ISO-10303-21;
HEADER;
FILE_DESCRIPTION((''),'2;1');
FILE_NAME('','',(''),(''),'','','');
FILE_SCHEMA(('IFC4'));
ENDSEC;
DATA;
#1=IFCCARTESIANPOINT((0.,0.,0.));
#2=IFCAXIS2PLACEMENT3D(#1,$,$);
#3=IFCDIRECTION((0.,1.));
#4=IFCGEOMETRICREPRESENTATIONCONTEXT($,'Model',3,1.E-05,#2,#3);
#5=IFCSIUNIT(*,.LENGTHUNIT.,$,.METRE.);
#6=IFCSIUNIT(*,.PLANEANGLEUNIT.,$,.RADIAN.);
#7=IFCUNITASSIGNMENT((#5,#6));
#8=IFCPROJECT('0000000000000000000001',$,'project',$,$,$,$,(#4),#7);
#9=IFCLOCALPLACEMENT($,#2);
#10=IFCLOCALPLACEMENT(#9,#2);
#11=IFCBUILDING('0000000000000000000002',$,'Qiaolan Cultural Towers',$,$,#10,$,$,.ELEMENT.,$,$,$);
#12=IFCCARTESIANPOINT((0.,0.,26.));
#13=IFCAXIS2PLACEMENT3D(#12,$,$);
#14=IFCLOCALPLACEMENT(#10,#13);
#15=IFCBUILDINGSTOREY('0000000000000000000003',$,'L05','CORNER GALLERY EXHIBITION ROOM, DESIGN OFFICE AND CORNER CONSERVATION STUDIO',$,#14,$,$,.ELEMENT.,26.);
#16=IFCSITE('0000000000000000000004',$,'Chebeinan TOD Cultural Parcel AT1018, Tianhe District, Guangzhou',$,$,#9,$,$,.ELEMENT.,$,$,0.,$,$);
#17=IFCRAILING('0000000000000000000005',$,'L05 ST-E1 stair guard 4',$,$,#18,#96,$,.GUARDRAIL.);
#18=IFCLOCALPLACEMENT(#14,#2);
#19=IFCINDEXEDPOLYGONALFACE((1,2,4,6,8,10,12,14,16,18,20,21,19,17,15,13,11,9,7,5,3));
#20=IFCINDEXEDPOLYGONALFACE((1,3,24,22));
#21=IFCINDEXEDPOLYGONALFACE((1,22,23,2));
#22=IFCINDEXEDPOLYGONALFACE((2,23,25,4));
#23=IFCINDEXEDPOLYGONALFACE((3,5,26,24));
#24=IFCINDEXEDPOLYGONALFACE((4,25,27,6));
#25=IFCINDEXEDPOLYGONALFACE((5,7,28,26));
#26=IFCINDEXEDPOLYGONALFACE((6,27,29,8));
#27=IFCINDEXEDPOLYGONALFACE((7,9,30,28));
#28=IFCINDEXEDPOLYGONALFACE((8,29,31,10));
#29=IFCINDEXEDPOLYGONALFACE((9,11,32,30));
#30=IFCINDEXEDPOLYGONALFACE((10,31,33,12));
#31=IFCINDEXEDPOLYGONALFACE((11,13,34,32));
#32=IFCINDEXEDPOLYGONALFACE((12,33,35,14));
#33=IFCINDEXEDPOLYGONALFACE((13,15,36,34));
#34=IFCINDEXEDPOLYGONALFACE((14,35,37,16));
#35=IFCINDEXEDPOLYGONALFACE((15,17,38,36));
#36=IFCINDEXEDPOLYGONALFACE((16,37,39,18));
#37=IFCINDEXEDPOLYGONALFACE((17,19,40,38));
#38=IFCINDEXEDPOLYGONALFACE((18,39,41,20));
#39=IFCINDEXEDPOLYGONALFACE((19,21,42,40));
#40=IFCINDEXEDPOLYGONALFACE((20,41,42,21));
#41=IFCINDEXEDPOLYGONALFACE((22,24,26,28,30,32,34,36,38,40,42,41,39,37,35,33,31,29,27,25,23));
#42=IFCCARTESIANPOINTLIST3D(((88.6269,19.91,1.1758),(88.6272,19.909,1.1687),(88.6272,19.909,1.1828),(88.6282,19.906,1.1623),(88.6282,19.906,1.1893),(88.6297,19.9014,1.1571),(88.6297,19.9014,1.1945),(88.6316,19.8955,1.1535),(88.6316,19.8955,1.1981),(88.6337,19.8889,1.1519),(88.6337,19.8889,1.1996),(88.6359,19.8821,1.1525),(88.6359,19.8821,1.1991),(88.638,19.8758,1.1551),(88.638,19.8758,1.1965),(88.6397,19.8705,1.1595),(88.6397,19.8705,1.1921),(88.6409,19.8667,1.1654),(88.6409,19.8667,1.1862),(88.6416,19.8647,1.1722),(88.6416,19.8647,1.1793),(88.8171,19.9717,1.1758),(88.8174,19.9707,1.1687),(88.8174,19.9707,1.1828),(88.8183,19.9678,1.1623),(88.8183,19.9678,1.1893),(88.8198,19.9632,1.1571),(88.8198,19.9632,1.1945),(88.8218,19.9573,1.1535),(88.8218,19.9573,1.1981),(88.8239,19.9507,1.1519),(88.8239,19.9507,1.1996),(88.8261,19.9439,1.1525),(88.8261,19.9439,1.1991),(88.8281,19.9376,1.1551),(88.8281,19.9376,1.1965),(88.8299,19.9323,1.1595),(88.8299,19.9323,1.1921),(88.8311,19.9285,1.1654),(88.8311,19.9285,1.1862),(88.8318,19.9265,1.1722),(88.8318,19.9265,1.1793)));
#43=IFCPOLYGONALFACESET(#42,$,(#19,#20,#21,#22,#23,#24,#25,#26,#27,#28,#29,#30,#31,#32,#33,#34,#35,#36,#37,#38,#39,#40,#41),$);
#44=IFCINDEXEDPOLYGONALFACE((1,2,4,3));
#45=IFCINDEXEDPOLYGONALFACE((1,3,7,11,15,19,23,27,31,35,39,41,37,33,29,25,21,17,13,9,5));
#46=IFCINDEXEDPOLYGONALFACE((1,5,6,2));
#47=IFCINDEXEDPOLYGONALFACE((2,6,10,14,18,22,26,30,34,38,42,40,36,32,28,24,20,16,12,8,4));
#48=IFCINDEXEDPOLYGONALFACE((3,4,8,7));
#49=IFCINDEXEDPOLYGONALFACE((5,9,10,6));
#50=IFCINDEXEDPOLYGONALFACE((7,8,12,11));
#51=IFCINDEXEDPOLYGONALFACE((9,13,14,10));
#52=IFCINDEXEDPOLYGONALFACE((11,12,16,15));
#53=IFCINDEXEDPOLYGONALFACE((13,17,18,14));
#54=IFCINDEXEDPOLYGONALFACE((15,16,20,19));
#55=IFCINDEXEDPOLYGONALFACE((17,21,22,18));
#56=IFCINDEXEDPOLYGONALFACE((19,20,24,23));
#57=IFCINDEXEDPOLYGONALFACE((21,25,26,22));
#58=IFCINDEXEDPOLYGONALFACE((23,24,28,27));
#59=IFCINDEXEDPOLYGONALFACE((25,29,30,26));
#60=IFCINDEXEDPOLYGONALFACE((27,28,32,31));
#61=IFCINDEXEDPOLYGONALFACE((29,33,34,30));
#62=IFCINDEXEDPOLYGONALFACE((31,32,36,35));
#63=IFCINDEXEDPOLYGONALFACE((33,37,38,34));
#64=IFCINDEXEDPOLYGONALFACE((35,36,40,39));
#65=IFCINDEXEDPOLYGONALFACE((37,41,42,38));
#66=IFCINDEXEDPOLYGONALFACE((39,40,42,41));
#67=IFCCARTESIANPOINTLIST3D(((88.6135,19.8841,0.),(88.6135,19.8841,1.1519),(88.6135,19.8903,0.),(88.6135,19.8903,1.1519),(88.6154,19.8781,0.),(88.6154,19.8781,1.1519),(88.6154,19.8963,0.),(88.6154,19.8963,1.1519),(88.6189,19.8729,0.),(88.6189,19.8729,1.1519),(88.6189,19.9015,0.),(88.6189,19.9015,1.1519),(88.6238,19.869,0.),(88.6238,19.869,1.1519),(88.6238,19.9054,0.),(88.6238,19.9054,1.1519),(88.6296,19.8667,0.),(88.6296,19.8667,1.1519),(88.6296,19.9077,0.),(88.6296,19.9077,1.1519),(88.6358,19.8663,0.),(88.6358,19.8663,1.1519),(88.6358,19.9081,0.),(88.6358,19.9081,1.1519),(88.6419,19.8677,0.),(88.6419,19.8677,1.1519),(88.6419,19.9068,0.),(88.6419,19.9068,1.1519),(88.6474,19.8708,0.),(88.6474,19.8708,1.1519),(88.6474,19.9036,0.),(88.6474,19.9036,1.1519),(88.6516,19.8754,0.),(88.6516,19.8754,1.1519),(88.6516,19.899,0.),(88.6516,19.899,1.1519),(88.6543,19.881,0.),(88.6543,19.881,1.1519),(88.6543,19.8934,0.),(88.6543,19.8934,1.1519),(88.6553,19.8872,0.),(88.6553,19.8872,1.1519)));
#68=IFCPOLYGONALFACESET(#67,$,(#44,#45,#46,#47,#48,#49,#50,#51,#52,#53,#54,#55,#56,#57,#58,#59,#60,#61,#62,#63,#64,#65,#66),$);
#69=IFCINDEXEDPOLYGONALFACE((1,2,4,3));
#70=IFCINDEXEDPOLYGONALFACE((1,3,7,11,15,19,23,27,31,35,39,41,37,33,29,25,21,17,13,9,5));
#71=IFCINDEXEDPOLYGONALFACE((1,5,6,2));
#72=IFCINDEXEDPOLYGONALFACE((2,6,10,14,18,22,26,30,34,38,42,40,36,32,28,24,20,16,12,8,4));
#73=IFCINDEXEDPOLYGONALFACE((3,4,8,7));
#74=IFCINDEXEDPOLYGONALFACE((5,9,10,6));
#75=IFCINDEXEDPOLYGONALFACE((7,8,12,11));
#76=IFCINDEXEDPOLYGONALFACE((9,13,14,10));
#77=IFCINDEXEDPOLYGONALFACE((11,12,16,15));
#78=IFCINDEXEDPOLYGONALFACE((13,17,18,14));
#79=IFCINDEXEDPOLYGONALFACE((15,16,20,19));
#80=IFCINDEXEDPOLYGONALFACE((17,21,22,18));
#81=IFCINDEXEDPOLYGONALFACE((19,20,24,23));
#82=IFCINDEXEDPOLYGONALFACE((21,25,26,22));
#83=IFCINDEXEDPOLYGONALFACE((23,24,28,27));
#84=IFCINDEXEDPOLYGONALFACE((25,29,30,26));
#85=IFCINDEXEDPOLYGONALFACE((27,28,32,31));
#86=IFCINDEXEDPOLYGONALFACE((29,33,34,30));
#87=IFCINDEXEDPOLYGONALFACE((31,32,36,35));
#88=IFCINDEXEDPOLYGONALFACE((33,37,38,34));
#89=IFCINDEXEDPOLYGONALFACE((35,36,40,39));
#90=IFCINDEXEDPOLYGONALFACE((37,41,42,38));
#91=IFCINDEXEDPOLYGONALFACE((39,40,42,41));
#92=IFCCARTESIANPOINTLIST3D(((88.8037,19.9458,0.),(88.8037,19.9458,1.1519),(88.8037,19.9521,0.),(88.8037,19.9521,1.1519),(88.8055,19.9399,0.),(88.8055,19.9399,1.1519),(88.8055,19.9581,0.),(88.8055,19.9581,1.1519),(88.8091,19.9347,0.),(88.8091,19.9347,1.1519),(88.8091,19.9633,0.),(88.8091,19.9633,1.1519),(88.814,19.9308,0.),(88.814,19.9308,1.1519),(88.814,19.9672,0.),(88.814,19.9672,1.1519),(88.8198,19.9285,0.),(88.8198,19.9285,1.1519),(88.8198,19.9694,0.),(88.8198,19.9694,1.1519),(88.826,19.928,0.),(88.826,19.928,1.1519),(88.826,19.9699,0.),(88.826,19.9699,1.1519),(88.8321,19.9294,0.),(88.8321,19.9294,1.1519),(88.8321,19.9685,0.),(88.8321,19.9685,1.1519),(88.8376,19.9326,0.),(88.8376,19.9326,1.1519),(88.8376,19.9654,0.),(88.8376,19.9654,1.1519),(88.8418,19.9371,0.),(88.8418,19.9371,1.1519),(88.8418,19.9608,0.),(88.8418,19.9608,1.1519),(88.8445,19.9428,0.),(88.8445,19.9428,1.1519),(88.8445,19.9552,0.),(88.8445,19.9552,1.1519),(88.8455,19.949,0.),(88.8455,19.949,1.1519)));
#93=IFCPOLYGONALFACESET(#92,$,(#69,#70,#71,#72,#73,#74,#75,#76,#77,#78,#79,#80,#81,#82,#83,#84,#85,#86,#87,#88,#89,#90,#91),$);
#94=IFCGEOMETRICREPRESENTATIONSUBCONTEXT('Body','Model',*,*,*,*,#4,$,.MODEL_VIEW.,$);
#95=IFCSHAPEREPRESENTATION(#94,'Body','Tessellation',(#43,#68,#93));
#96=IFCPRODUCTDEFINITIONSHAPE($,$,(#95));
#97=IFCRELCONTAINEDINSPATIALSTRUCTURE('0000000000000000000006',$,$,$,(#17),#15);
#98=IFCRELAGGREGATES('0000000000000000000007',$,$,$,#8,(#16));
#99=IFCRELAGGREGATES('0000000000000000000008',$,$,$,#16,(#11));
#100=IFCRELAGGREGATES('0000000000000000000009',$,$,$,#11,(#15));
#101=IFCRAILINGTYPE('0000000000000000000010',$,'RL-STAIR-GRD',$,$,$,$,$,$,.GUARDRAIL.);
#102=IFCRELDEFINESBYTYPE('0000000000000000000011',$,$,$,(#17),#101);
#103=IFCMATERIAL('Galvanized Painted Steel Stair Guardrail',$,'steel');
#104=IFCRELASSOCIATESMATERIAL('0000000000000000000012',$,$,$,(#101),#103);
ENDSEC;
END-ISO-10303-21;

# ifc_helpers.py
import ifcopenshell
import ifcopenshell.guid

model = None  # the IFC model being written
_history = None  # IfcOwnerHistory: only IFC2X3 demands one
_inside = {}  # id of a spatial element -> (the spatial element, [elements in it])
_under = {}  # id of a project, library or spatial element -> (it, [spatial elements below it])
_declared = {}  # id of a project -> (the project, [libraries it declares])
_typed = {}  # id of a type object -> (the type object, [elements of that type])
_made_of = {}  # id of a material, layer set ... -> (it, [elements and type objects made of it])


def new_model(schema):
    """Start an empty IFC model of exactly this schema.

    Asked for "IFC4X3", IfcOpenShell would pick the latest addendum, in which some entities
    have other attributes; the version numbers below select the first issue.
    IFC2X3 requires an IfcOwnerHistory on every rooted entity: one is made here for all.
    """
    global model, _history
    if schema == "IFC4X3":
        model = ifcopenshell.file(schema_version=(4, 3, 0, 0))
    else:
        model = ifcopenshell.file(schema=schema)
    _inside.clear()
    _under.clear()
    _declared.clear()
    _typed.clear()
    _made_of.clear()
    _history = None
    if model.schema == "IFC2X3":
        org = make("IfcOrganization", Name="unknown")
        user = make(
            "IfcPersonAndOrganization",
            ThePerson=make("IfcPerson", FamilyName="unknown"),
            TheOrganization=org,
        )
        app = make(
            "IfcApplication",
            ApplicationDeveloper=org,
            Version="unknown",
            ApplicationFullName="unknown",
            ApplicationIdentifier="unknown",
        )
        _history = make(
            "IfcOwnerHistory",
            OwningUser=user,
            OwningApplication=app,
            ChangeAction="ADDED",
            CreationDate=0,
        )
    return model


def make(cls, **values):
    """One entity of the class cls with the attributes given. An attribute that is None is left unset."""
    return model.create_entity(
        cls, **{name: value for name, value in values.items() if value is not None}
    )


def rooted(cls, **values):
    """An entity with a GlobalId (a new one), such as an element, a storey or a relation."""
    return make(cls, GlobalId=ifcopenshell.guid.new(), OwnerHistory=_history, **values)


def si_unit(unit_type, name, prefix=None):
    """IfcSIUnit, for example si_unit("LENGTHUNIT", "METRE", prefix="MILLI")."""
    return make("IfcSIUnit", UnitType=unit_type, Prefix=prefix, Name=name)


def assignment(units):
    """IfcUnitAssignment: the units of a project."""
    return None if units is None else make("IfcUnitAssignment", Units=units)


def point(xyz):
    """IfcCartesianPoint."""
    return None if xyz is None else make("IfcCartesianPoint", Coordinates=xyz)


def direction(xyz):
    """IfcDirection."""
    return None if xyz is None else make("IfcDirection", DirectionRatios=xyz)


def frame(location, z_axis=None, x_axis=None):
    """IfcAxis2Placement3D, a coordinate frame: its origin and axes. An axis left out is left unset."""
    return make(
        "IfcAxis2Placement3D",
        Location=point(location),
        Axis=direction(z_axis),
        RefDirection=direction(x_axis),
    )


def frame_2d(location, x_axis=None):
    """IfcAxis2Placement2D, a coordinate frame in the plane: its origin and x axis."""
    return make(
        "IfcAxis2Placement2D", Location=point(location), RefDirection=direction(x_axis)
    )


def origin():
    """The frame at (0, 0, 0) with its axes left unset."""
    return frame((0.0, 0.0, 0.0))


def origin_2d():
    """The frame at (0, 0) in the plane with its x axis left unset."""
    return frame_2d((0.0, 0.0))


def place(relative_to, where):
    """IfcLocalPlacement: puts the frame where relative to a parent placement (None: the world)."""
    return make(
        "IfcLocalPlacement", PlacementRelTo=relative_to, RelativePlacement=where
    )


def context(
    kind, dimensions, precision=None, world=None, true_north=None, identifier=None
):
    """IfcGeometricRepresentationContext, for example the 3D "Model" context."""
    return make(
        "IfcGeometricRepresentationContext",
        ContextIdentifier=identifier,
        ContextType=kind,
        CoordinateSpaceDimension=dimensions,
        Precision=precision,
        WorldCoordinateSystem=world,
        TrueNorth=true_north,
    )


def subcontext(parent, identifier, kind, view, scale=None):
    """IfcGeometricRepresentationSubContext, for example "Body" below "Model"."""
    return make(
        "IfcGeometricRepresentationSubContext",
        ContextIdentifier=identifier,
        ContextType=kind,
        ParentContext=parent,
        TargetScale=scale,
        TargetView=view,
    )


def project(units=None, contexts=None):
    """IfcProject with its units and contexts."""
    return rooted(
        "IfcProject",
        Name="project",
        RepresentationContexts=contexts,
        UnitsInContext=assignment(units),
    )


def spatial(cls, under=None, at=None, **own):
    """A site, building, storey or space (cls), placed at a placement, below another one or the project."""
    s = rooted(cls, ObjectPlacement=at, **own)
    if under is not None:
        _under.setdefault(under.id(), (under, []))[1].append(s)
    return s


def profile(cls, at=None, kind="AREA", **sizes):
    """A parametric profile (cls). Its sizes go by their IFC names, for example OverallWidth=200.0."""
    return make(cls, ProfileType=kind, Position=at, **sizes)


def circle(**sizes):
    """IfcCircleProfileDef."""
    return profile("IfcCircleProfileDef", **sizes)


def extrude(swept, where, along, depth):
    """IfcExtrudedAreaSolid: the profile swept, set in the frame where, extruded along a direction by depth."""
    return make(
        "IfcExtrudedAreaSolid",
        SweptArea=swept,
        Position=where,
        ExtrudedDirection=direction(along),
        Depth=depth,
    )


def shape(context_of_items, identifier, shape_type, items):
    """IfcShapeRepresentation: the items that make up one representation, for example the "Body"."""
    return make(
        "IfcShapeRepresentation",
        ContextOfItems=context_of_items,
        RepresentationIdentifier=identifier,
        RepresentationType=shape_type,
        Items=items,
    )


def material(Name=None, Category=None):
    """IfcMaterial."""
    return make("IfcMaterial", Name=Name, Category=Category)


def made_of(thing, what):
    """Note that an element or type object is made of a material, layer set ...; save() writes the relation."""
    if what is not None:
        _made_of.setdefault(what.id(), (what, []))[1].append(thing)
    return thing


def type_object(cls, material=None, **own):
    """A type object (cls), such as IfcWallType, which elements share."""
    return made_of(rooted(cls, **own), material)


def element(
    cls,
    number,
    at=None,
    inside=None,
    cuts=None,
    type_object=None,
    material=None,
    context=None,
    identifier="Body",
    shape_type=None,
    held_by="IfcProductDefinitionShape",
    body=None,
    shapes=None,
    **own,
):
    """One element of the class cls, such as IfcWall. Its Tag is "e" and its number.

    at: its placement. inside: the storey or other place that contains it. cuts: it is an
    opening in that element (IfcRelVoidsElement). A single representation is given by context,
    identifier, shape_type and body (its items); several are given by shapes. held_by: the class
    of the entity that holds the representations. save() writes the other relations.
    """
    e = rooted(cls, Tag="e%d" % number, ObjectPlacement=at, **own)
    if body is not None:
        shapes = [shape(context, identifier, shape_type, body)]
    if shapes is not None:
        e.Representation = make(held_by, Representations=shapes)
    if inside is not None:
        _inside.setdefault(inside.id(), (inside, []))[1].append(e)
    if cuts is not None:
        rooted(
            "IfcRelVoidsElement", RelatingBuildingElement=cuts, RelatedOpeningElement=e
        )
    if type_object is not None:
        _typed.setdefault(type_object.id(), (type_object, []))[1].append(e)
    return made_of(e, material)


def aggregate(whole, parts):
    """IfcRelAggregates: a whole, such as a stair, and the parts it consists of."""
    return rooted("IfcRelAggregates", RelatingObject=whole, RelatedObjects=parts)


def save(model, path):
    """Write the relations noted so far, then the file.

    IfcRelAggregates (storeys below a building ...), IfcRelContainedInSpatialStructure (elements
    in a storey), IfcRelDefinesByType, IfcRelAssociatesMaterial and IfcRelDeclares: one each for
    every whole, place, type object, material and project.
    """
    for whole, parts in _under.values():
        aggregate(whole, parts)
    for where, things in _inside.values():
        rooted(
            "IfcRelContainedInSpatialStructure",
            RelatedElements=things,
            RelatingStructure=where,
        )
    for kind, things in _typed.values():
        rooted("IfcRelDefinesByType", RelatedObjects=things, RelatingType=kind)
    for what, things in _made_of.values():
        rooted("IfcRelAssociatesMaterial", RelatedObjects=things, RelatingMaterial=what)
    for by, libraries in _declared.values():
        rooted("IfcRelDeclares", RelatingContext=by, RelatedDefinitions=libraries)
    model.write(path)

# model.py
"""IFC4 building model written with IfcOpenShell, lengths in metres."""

from ifc_helpers import new_model, si_unit, direction, frame, origin, origin_2d, place, context, subcontext, project, spatial, circle, extrude, material, type_object, element, save


model = new_model("IFC4")

# Units and contexts
model_context = context("Model", 3, precision=1e-05, world=origin(), true_north=direction((0.0, 1.0)))
body_context = subcontext(model_context, "Body", "Model", "MODEL_VIEW")
ifc_project = project(units=[si_unit("LENGTHUNIT", "METRE"), si_unit("PLANEANGLEUNIT", "RADIAN")], contexts=[model_context])

# Site, building, storey
site_placement = place(None, origin())
site = spatial("IfcSite", under=ifc_project, at=site_placement, Name="Chebeinan TOD Cultural Parcel AT1018, Tianhe District, Guangzhou", CompositionType="ELEMENT", RefElevation=0.0)
building_placement = place(site_placement, origin())
building = spatial("IfcBuilding", under=site, at=building_placement, Name="Qiaolan Cultural Towers", CompositionType="ELEMENT")
storey_placement = place(building_placement, frame((0.0, 0.0, 26.0)))
storey = spatial("IfcBuildingStorey", under=building, at=storey_placement, Name="L05", Description="CORNER GALLERY EXHIBITION ROOM, DESIGN OFFICE AND CORNER CONSERVATION STUDIO", CompositionType="ELEMENT", Elevation=26.0)

# Railing
ifc_material_1 = material(Name="Galvanized Painted Steel Stair Guardrail", Category="steel")
railing_type_1 = type_object("IfcRailingType", Name="RL-STAIR-GRD", PredefinedType="GUARDRAIL", material=ifc_material_1)
railing_1_placement = place(storey_placement, frame((88.6343, 19.8872, 0.0)))
element("IfcRailing", 1, at=railing_1_placement, inside=storey, type_object=railing_type_1, Name="L05 ST-E1 stair guard 4", PredefinedType="GUARDRAIL", context=body_context, shape_type="SweptSolid", body=[
    extrude(circle(Radius=0.0239, at=origin_2d()), frame((0.0, 0.0, 1.1758), z_axis=(0.951097, 0.308893, 0.0), x_axis=(-0.308893, 0.951097, 0.0)), (0.0, 0.0, 1.0), 0.2),
    extrude(circle(Radius=0.021, at=origin_2d()), origin(), (0.0, 0.0, 1.0), 1.1519),
    extrude(circle(Radius=0.021, at=origin_2d()), frame((0.1902, 0.0618, 0.0)), (0.0, 0.0, 1.0), 1.1519),
])

save(model, "model.ifc")
